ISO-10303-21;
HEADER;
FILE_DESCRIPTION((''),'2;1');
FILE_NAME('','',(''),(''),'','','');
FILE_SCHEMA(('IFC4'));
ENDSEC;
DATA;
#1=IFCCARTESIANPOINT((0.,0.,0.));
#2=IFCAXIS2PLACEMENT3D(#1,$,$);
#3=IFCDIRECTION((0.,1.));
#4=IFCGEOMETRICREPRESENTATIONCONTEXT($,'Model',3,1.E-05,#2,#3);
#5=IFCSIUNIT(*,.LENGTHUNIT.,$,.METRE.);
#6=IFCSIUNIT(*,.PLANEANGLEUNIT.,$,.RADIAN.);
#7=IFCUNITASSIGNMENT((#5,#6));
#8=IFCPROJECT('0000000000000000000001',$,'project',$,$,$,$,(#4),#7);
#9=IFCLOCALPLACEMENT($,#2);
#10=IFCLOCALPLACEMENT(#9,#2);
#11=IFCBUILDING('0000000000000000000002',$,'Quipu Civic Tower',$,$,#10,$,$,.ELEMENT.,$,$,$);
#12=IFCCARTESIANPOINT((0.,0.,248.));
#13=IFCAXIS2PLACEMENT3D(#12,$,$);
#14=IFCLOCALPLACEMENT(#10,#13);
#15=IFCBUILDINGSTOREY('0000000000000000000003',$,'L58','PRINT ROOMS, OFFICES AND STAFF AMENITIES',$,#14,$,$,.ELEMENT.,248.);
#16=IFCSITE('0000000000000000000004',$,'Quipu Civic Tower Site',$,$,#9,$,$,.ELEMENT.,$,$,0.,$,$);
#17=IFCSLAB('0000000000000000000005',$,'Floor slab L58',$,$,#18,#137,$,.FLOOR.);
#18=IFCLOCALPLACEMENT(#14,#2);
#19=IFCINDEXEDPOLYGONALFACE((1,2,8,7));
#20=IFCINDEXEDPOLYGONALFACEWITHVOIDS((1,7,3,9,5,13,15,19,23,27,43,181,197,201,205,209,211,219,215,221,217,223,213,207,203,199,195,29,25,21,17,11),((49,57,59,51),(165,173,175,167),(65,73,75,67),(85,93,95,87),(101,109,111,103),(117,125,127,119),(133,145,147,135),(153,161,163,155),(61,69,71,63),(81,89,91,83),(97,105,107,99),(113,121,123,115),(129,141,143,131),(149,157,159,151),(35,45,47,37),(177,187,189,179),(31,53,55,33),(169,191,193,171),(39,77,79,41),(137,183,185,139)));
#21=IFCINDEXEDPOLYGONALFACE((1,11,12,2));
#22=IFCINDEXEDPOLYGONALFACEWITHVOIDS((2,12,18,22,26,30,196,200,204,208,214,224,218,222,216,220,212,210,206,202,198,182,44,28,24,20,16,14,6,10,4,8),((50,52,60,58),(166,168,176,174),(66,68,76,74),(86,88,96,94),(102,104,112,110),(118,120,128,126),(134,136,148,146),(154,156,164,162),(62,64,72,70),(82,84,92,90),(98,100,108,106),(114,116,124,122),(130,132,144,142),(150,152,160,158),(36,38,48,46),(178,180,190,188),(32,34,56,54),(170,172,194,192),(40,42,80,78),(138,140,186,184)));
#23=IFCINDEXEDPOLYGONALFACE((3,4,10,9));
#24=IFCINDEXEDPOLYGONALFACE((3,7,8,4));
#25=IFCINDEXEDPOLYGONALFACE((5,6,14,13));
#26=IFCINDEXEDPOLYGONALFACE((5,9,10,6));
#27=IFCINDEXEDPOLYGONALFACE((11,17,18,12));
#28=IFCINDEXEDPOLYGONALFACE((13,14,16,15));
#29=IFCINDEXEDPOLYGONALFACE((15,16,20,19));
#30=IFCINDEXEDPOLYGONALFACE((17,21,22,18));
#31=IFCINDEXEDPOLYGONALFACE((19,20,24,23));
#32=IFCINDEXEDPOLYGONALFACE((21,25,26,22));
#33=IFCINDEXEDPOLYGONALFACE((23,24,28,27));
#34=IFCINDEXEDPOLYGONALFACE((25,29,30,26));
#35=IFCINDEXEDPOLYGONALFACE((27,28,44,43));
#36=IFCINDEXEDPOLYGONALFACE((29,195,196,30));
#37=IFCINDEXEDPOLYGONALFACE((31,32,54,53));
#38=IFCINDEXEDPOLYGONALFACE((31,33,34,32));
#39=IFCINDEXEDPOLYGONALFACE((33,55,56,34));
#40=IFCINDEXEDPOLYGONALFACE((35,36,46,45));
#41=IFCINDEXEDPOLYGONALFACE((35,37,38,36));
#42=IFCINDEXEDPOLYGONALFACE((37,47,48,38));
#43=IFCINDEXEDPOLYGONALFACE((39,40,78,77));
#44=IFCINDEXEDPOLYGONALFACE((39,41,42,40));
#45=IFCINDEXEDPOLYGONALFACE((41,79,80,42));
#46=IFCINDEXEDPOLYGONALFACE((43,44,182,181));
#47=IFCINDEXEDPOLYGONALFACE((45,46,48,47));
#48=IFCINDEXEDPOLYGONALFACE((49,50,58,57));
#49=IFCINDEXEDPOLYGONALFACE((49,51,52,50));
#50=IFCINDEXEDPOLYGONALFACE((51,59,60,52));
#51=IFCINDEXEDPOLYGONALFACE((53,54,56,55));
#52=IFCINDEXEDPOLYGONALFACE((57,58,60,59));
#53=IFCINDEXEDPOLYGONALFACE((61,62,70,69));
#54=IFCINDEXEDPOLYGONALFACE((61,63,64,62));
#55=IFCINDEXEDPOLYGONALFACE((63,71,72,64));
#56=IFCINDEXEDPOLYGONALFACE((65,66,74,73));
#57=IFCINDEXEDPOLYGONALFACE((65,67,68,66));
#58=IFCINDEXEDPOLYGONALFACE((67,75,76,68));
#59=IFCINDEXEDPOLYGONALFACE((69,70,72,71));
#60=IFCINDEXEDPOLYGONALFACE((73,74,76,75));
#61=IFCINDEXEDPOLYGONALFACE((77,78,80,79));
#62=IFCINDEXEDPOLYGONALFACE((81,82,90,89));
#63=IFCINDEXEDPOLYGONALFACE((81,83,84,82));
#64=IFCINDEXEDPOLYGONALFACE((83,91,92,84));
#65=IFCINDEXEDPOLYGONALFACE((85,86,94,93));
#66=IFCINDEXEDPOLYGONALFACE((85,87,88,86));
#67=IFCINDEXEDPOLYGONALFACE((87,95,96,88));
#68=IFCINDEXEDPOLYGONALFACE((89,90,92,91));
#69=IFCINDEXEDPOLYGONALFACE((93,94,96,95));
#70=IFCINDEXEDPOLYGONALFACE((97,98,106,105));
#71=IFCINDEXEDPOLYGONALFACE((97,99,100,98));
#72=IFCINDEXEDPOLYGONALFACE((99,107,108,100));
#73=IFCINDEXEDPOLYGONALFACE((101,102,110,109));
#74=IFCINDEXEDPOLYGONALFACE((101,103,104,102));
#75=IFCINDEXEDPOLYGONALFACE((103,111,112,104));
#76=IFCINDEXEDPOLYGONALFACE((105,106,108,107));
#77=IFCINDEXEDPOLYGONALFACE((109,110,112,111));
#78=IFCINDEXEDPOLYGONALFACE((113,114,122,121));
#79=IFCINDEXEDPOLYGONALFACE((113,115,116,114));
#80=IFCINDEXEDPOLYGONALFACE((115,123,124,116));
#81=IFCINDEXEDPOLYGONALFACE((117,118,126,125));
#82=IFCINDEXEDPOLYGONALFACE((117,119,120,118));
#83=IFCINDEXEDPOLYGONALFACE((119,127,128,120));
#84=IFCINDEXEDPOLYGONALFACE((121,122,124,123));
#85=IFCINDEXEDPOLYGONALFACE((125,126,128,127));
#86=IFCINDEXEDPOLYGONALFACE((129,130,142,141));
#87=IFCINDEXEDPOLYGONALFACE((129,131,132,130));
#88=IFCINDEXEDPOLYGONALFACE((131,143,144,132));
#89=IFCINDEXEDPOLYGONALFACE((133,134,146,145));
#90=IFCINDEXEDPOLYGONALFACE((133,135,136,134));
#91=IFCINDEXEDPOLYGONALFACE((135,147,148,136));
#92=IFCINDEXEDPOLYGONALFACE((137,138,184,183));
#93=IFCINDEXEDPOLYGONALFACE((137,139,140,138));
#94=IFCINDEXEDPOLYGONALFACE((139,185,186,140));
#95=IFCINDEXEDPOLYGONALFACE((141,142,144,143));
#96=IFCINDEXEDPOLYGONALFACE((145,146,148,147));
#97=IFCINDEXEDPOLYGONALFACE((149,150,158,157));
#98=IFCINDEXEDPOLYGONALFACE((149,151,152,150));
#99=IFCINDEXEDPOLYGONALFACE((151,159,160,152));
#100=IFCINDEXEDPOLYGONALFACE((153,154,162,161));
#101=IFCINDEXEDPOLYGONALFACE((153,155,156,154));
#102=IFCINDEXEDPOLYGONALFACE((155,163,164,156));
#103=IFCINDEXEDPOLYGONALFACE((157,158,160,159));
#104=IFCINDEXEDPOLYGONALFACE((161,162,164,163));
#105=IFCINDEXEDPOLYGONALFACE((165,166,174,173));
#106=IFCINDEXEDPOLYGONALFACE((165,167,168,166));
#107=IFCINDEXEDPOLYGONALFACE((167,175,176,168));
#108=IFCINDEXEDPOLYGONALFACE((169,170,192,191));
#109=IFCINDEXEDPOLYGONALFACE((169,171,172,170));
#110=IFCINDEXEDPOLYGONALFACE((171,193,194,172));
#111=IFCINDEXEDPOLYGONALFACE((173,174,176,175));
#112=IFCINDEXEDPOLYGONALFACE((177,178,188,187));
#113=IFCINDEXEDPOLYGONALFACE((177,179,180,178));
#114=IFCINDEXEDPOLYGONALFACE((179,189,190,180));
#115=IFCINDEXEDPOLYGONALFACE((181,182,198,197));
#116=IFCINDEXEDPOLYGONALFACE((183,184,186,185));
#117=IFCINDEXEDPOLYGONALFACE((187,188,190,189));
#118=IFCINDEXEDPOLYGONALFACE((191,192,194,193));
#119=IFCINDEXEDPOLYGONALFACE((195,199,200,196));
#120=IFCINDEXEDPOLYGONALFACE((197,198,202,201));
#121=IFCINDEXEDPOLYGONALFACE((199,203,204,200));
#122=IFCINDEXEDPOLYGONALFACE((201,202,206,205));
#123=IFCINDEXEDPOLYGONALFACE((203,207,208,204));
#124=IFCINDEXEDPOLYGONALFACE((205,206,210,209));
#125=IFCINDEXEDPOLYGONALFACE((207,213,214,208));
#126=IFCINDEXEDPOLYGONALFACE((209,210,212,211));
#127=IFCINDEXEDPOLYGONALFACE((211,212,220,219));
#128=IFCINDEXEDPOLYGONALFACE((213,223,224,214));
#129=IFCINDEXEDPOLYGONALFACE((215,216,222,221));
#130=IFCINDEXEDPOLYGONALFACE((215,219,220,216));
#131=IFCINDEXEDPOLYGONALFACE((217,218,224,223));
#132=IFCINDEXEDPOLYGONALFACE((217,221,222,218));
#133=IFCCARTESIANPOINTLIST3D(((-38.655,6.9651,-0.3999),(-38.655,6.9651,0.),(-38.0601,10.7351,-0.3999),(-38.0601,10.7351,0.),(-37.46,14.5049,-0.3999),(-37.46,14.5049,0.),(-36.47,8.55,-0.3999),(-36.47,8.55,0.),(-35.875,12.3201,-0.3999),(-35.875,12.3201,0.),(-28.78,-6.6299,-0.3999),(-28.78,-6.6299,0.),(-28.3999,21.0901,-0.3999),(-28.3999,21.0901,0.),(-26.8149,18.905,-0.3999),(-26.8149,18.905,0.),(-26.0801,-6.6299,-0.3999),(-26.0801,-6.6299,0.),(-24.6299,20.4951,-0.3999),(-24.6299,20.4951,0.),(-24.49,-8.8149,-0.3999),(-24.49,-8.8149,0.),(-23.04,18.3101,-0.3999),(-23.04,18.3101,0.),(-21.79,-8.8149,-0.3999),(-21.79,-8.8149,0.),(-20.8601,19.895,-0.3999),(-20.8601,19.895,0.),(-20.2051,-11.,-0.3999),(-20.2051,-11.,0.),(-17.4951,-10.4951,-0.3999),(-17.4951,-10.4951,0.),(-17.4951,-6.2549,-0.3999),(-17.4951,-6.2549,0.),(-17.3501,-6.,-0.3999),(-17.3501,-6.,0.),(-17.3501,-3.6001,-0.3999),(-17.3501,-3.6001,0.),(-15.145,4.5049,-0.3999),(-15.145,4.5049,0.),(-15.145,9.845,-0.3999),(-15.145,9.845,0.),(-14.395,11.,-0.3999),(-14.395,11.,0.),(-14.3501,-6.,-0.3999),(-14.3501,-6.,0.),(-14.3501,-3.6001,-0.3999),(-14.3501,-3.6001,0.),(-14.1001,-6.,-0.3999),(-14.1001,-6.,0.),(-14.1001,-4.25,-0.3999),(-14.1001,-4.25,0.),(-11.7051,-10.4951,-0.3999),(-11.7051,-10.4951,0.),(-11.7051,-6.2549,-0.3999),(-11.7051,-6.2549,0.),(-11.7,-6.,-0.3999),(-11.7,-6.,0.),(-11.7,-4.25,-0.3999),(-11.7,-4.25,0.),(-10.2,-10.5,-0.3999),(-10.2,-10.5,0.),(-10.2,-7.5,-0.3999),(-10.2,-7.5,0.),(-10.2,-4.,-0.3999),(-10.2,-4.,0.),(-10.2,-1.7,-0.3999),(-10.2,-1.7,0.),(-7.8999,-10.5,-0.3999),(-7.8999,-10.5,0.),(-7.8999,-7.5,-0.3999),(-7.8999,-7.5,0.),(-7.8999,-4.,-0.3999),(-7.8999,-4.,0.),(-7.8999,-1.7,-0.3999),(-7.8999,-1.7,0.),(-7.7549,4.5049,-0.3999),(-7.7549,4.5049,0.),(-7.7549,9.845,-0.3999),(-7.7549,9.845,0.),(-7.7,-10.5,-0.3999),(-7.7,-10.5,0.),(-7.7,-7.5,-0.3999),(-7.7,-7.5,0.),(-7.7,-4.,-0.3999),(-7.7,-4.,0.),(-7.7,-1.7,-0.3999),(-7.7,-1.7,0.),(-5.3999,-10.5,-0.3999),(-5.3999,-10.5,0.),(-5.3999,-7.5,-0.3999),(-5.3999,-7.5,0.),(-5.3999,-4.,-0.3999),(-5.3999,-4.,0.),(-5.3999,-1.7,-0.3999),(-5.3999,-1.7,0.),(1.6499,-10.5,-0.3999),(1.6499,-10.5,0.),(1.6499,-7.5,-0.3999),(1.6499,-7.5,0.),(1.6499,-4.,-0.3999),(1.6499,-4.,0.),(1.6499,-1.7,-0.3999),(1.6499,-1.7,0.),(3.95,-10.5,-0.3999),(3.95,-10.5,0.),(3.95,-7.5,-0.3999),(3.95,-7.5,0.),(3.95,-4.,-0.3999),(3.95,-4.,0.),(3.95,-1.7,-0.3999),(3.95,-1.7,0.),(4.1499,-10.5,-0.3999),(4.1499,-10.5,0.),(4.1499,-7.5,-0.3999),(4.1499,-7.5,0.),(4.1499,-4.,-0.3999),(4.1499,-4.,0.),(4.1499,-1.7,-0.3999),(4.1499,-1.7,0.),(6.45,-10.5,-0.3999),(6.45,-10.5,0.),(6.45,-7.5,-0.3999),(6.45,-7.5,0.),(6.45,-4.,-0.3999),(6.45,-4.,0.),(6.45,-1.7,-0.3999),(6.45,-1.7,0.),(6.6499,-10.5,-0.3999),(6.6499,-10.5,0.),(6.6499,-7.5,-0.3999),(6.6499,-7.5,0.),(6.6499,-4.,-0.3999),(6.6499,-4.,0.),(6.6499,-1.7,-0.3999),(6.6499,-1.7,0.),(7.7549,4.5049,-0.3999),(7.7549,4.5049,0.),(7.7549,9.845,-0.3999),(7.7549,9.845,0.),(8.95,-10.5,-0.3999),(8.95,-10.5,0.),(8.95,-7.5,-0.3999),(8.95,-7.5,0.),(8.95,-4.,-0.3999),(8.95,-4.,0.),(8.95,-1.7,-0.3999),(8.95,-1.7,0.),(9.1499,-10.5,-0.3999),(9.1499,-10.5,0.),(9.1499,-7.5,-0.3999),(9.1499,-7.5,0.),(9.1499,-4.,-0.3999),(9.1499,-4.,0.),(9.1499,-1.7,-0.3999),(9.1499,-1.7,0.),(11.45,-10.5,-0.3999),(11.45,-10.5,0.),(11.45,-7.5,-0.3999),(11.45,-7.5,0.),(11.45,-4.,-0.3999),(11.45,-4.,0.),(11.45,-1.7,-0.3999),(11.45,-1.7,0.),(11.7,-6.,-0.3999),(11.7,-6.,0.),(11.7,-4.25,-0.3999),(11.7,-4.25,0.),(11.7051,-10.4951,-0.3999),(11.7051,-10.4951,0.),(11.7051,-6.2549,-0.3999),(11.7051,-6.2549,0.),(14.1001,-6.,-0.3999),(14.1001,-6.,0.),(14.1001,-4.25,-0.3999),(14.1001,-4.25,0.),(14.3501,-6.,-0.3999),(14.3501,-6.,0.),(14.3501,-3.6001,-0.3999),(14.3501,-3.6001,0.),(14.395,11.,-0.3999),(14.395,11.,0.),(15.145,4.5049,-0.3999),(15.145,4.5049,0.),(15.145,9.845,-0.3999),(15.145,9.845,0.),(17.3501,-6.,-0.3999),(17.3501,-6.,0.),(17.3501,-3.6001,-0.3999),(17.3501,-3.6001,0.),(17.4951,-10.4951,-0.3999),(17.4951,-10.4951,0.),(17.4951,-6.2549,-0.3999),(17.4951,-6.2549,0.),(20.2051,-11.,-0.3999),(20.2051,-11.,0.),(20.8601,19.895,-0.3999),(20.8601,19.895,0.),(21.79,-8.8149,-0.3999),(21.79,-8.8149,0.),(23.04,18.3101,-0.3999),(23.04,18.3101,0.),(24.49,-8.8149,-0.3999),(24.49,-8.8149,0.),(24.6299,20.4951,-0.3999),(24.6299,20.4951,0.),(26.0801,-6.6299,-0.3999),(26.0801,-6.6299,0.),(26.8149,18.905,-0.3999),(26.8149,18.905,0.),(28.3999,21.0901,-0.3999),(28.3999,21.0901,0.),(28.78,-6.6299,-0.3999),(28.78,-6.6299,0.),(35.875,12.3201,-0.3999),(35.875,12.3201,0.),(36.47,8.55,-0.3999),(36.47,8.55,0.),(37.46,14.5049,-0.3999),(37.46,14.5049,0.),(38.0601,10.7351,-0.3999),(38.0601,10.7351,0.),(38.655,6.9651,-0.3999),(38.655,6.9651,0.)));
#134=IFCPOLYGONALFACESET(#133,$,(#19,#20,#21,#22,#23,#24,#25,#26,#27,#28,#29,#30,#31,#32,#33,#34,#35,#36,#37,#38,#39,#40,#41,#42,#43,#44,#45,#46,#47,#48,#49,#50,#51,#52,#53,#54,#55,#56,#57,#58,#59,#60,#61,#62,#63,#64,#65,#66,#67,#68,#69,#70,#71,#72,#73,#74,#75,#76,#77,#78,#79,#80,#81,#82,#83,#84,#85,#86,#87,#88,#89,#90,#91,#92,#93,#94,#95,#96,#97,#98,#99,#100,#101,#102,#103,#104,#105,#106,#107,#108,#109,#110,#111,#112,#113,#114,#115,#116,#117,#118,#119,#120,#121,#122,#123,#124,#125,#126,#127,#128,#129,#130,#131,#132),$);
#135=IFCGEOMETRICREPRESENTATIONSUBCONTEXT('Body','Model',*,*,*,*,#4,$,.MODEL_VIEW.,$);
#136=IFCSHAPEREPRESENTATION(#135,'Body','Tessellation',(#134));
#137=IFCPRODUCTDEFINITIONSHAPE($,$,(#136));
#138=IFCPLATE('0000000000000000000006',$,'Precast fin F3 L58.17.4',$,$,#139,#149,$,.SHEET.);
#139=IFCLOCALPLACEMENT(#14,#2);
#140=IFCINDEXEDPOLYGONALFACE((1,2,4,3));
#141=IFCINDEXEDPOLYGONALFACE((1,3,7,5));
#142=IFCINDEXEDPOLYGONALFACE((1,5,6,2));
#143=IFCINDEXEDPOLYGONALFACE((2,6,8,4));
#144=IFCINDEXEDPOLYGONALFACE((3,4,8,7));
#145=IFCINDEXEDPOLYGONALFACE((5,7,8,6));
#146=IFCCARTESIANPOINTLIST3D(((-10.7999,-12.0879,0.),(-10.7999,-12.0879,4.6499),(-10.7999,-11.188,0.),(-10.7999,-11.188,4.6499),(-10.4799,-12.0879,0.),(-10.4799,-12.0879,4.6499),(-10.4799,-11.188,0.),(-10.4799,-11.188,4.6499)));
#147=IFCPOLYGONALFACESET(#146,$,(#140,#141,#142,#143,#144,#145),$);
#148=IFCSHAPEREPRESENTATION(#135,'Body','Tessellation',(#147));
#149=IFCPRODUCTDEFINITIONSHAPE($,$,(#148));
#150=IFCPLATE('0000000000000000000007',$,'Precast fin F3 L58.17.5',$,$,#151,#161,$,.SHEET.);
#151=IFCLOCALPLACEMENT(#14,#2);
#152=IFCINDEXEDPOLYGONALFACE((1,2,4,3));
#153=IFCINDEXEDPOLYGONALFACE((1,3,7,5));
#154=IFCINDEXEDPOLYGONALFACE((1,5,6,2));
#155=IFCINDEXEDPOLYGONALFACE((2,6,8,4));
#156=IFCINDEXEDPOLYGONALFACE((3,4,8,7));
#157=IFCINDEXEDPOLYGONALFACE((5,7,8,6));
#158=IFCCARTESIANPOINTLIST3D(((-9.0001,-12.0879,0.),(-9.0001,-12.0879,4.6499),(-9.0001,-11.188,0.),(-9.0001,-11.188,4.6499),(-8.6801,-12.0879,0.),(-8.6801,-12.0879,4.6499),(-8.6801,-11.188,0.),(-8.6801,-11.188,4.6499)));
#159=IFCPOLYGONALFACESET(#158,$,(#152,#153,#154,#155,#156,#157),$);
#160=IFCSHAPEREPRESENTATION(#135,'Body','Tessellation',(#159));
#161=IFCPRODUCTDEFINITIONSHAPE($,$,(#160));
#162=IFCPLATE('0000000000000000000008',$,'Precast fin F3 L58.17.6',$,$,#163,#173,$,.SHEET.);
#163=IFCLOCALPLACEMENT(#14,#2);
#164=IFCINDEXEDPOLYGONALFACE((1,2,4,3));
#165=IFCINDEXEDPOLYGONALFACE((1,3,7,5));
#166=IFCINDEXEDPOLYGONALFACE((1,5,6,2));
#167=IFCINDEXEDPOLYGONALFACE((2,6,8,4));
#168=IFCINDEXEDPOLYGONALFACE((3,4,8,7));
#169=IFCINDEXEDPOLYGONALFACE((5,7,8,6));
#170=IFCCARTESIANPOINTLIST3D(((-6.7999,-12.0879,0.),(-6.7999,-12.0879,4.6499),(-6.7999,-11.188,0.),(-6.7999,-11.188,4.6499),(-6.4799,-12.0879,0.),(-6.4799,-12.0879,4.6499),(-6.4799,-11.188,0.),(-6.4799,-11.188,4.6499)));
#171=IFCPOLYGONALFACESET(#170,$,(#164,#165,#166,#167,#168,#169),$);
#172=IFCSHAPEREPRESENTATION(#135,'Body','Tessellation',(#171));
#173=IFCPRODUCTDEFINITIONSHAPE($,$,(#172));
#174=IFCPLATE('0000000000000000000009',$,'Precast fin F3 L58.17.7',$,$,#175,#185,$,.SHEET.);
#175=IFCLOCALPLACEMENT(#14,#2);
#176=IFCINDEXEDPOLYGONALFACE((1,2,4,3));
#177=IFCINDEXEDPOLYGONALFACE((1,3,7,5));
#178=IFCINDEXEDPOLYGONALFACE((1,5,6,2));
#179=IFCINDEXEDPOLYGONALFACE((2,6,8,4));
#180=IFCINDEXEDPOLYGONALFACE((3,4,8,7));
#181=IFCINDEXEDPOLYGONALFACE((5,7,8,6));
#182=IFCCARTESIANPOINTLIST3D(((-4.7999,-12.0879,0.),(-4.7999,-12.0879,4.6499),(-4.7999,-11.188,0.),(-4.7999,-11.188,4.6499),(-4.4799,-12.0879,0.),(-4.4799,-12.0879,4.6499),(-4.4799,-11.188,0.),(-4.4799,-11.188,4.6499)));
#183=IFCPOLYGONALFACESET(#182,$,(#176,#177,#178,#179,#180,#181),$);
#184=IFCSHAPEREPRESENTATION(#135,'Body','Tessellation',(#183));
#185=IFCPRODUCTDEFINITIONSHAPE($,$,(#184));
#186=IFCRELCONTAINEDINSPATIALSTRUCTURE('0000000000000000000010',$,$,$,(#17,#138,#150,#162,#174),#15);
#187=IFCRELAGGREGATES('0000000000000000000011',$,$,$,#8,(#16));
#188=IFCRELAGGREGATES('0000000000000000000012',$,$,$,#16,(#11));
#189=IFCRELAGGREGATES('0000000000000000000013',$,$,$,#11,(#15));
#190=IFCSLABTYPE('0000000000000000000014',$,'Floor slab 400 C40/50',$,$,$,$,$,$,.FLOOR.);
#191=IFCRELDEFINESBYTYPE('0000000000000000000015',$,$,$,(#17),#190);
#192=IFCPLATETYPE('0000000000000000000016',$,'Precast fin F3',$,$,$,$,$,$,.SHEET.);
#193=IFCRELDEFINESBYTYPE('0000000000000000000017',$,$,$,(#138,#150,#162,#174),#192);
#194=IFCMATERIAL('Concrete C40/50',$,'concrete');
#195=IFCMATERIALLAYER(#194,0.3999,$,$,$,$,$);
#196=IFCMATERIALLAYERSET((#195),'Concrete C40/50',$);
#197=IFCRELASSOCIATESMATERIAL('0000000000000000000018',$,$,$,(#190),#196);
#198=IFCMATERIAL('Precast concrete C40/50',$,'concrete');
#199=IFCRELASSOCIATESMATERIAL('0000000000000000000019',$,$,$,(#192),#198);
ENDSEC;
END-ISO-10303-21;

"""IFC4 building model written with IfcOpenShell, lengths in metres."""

from ifc_helpers import new_model, si_unit, direction, frame, origin, origin_2d, place, context, subcontext, project, spatial, polyline, rectangle, outline, extrude, material, layer, layer_set, type_object, element, save


model = new_model("IFC4")

# Units and contexts
model_context = context("Model", 3, precision=1e-05, world=origin(), true_north=direction((0.0, 1.0)))
body_context = subcontext(model_context, "Body", "Model", "MODEL_VIEW")
ifc_project = project(units=[si_unit("LENGTHUNIT", "METRE"), si_unit("PLANEANGLEUNIT", "RADIAN")], contexts=[model_context])

# Site, building, storey
site_placement = place(None, origin())
site = spatial("IfcSite", under=ifc_project, at=site_placement, Name="Quipu Civic Tower Site", CompositionType="ELEMENT", RefElevation=0.0)
building_placement = place(site_placement, origin())
building = spatial("IfcBuilding", under=site, at=building_placement, Name="Quipu Civic Tower", CompositionType="ELEMENT")
storey_placement = place(building_placement, frame((0.0, 0.0, 248.0)))
storey = spatial("IfcBuildingStorey", under=building, at=storey_placement, Name="L58", Description="PRINT ROOMS, OFFICES AND STAFF AMENITIES", CompositionType="ELEMENT", Elevation=248.0)

# Slab
ifc_material_1 = material(Name="Concrete C40/50", Category="concrete")
ifc_layer_1 = layer(ifc_material_1, 0.3999)
ifc_layer_set_1 = layer_set([ifc_layer_1], Name="Concrete C40/50")
slab_type = type_object("IfcSlabType", Name="Floor slab 400 C40/50", PredefinedType="FLOOR", material=ifc_layer_set_1)
slab_placement = place(storey_placement, frame((0.0, 0.0, -0.3999)))
element("IfcSlab", 1, at=slab_placement, inside=storey, type_object=slab_type, Name="Floor slab L58", PredefinedType="FLOOR", context=body_context, shape_type="SweptSolid", body=[
    extrude(outline(polyline([(20.8601, 19.895), (23.04, 18.3101), (24.6299, 20.4951), (26.8149, 18.905), (28.3999, 21.0901), (37.46, 14.5049), (35.875, 12.3201), (38.0601, 10.7351), (36.47, 8.55), (38.655, 6.9651), (28.78, -6.6299), (26.0801, -6.6299), (24.49, -8.8149), (21.79, -8.8149), (20.2051, -11.0), (-20.2051, -11.0), (-21.79, -8.8149), (-24.49, -8.8149), (-26.0801, -6.6299), (-28.78, -6.6299), (-38.655, 6.9651), (-36.47, 8.55), (-38.0601, 10.7351), (-35.875, 12.3201), (-37.46, 14.5049), (-28.3999, 21.0901), (-26.8149, 18.905), (-24.6299, 20.4951), (-23.04, 18.3101), (-20.8601, 19.895), (-14.395, 11.0), (14.395, 11.0), (20.8601, 19.895)]), holes=[polyline([(-10.2, -7.5), (-10.2, -10.5), (-7.8999, -10.5), (-7.8999, -7.5), (-10.2, -7.5)]), polyline([(-7.7, -7.5), (-7.7, -10.5), (-5.3999, -10.5), (-5.3999, -7.5), (-7.7, -7.5)]), polyline([(1.6499, -7.5), (1.6499, -10.5), (3.95, -10.5), (3.95, -7.5), (1.6499, -7.5)]), polyline([(-11.7051, -10.4951), (-11.7051, -6.2549), (-17.4951, -6.2549), (-17.4951, -10.4951), (-11.7051, -10.4951)]), polyline([(-11.7, -4.25), (-14.1001, -4.25), (-14.1001, -6.0), (-11.7, -6.0), (-11.7, -4.25)]), polyline([(-17.3501, -3.6001), (-17.3501, -6.0), (-14.3501, -6.0), (-14.3501, -3.6001), (-17.3501, -3.6001)]), polyline([(-10.2, -1.7), (-10.2, -4.0), (-7.8999, -4.0), (-7.8999, -1.7), (-10.2, -1.7)]), polyline([(-7.7, -1.7), (-7.7, -4.0), (-5.3999, -4.0), (-5.3999, -1.7), (-7.7, -1.7)]), polyline([(3.95, -1.7), (1.6499, -1.7), (1.6499, -4.0), (3.95, -4.0), (3.95, -1.7)]), polyline([(-7.7549, 4.5049), (-7.7549, 9.845), (-15.145, 9.845), (-15.145, 4.5049), (-7.7549, 4.5049)]), polyline([(4.1499, -7.5), (4.1499, -10.5), (6.45, -10.5), (6.45, -7.5), (4.1499, -7.5)]), polyline([(6.6499, -7.5), (6.6499, -10.5), (8.95, -10.5), (8.95, -7.5), (6.6499, -7.5)]), polyline([(9.1499, -7.5), (9.1499, -10.5), (11.45, -10.5), (11.45, -7.5), (9.1499, -7.5)]), polyline([(11.7051, -6.2549), (11.7051, -10.4951), (17.4951, -10.4951), (17.4951, -6.2549), (11.7051, -6.2549)]), polyline([(14.1001, -4.25), (11.7, -4.25), (11.7, -6.0), (14.1001, -6.0), (14.1001, -4.25)]), polyline([(14.3501, -3.6001), (14.3501, -6.0), (17.3501, -6.0), (17.3501, -3.6001), (14.3501, -3.6001)]), polyline([(4.1499, -1.7), (4.1499, -4.0), (6.45, -4.0), (6.45, -1.7), (4.1499, -1.7)]), polyline([(6.6499, -1.7), (6.6499, -4.0), (8.95, -4.0), (8.95, -1.7), (6.6499, -1.7)]), polyline([(11.45, -1.7), (9.1499, -1.7), (9.1499, -4.0), (11.45, -4.0), (11.45, -1.7)]), polyline([(7.7549, 9.845), (7.7549, 4.5049), (15.145, 4.5049), (15.145, 9.845), (7.7549, 9.845)])]), origin(), (0.0, 0.0, 1.0), 0.3999),
])

# Plates
ifc_material_2 = material(Name="Precast concrete C40/50", Category="concrete")
plate_type = type_object("IfcPlateType", Name="Precast fin F3", PredefinedType="SHEET", material=ifc_material_2)
for number, where, z_axis, x_axis, name in (
    (2, (-10.6399, -11.6379, 0.0), (0.0, 0.0, 1.0), (1.0, 0.0, 0.0), "Precast fin F3 L58.17.4"),
    (3, (-8.8401, -11.6379, 0.0), (0.0, 0.0, 1.0), (1.0, 0.0, 0.0), "Precast fin F3 L58.17.5"),
    (4, (-6.6399, -11.6379, 0.0), (0.0, 0.0, 1.0), (1.0, 0.0, 0.0), "Precast fin F3 L58.17.6"),
    (5, (-4.6399, -11.6379, 0.0), (0.0, 0.0, 1.0), (1.0, 0.0, 0.0), "Precast fin F3 L58.17.7"),
):
    element("IfcPlate", number, at=place(storey_placement, frame(where, z_axis=z_axis, x_axis=x_axis)), inside=storey, type_object=plate_type, Name=name, PredefinedType="SHEET", context=body_context, shape_type="SweptSolid", body=[
        extrude(rectangle(XDim=0.3201, YDim=0.8999, at=origin_2d()), origin(), (0.0, 0.0, 1.0), 4.6499),
    ])

save(model, "model.ifc")
